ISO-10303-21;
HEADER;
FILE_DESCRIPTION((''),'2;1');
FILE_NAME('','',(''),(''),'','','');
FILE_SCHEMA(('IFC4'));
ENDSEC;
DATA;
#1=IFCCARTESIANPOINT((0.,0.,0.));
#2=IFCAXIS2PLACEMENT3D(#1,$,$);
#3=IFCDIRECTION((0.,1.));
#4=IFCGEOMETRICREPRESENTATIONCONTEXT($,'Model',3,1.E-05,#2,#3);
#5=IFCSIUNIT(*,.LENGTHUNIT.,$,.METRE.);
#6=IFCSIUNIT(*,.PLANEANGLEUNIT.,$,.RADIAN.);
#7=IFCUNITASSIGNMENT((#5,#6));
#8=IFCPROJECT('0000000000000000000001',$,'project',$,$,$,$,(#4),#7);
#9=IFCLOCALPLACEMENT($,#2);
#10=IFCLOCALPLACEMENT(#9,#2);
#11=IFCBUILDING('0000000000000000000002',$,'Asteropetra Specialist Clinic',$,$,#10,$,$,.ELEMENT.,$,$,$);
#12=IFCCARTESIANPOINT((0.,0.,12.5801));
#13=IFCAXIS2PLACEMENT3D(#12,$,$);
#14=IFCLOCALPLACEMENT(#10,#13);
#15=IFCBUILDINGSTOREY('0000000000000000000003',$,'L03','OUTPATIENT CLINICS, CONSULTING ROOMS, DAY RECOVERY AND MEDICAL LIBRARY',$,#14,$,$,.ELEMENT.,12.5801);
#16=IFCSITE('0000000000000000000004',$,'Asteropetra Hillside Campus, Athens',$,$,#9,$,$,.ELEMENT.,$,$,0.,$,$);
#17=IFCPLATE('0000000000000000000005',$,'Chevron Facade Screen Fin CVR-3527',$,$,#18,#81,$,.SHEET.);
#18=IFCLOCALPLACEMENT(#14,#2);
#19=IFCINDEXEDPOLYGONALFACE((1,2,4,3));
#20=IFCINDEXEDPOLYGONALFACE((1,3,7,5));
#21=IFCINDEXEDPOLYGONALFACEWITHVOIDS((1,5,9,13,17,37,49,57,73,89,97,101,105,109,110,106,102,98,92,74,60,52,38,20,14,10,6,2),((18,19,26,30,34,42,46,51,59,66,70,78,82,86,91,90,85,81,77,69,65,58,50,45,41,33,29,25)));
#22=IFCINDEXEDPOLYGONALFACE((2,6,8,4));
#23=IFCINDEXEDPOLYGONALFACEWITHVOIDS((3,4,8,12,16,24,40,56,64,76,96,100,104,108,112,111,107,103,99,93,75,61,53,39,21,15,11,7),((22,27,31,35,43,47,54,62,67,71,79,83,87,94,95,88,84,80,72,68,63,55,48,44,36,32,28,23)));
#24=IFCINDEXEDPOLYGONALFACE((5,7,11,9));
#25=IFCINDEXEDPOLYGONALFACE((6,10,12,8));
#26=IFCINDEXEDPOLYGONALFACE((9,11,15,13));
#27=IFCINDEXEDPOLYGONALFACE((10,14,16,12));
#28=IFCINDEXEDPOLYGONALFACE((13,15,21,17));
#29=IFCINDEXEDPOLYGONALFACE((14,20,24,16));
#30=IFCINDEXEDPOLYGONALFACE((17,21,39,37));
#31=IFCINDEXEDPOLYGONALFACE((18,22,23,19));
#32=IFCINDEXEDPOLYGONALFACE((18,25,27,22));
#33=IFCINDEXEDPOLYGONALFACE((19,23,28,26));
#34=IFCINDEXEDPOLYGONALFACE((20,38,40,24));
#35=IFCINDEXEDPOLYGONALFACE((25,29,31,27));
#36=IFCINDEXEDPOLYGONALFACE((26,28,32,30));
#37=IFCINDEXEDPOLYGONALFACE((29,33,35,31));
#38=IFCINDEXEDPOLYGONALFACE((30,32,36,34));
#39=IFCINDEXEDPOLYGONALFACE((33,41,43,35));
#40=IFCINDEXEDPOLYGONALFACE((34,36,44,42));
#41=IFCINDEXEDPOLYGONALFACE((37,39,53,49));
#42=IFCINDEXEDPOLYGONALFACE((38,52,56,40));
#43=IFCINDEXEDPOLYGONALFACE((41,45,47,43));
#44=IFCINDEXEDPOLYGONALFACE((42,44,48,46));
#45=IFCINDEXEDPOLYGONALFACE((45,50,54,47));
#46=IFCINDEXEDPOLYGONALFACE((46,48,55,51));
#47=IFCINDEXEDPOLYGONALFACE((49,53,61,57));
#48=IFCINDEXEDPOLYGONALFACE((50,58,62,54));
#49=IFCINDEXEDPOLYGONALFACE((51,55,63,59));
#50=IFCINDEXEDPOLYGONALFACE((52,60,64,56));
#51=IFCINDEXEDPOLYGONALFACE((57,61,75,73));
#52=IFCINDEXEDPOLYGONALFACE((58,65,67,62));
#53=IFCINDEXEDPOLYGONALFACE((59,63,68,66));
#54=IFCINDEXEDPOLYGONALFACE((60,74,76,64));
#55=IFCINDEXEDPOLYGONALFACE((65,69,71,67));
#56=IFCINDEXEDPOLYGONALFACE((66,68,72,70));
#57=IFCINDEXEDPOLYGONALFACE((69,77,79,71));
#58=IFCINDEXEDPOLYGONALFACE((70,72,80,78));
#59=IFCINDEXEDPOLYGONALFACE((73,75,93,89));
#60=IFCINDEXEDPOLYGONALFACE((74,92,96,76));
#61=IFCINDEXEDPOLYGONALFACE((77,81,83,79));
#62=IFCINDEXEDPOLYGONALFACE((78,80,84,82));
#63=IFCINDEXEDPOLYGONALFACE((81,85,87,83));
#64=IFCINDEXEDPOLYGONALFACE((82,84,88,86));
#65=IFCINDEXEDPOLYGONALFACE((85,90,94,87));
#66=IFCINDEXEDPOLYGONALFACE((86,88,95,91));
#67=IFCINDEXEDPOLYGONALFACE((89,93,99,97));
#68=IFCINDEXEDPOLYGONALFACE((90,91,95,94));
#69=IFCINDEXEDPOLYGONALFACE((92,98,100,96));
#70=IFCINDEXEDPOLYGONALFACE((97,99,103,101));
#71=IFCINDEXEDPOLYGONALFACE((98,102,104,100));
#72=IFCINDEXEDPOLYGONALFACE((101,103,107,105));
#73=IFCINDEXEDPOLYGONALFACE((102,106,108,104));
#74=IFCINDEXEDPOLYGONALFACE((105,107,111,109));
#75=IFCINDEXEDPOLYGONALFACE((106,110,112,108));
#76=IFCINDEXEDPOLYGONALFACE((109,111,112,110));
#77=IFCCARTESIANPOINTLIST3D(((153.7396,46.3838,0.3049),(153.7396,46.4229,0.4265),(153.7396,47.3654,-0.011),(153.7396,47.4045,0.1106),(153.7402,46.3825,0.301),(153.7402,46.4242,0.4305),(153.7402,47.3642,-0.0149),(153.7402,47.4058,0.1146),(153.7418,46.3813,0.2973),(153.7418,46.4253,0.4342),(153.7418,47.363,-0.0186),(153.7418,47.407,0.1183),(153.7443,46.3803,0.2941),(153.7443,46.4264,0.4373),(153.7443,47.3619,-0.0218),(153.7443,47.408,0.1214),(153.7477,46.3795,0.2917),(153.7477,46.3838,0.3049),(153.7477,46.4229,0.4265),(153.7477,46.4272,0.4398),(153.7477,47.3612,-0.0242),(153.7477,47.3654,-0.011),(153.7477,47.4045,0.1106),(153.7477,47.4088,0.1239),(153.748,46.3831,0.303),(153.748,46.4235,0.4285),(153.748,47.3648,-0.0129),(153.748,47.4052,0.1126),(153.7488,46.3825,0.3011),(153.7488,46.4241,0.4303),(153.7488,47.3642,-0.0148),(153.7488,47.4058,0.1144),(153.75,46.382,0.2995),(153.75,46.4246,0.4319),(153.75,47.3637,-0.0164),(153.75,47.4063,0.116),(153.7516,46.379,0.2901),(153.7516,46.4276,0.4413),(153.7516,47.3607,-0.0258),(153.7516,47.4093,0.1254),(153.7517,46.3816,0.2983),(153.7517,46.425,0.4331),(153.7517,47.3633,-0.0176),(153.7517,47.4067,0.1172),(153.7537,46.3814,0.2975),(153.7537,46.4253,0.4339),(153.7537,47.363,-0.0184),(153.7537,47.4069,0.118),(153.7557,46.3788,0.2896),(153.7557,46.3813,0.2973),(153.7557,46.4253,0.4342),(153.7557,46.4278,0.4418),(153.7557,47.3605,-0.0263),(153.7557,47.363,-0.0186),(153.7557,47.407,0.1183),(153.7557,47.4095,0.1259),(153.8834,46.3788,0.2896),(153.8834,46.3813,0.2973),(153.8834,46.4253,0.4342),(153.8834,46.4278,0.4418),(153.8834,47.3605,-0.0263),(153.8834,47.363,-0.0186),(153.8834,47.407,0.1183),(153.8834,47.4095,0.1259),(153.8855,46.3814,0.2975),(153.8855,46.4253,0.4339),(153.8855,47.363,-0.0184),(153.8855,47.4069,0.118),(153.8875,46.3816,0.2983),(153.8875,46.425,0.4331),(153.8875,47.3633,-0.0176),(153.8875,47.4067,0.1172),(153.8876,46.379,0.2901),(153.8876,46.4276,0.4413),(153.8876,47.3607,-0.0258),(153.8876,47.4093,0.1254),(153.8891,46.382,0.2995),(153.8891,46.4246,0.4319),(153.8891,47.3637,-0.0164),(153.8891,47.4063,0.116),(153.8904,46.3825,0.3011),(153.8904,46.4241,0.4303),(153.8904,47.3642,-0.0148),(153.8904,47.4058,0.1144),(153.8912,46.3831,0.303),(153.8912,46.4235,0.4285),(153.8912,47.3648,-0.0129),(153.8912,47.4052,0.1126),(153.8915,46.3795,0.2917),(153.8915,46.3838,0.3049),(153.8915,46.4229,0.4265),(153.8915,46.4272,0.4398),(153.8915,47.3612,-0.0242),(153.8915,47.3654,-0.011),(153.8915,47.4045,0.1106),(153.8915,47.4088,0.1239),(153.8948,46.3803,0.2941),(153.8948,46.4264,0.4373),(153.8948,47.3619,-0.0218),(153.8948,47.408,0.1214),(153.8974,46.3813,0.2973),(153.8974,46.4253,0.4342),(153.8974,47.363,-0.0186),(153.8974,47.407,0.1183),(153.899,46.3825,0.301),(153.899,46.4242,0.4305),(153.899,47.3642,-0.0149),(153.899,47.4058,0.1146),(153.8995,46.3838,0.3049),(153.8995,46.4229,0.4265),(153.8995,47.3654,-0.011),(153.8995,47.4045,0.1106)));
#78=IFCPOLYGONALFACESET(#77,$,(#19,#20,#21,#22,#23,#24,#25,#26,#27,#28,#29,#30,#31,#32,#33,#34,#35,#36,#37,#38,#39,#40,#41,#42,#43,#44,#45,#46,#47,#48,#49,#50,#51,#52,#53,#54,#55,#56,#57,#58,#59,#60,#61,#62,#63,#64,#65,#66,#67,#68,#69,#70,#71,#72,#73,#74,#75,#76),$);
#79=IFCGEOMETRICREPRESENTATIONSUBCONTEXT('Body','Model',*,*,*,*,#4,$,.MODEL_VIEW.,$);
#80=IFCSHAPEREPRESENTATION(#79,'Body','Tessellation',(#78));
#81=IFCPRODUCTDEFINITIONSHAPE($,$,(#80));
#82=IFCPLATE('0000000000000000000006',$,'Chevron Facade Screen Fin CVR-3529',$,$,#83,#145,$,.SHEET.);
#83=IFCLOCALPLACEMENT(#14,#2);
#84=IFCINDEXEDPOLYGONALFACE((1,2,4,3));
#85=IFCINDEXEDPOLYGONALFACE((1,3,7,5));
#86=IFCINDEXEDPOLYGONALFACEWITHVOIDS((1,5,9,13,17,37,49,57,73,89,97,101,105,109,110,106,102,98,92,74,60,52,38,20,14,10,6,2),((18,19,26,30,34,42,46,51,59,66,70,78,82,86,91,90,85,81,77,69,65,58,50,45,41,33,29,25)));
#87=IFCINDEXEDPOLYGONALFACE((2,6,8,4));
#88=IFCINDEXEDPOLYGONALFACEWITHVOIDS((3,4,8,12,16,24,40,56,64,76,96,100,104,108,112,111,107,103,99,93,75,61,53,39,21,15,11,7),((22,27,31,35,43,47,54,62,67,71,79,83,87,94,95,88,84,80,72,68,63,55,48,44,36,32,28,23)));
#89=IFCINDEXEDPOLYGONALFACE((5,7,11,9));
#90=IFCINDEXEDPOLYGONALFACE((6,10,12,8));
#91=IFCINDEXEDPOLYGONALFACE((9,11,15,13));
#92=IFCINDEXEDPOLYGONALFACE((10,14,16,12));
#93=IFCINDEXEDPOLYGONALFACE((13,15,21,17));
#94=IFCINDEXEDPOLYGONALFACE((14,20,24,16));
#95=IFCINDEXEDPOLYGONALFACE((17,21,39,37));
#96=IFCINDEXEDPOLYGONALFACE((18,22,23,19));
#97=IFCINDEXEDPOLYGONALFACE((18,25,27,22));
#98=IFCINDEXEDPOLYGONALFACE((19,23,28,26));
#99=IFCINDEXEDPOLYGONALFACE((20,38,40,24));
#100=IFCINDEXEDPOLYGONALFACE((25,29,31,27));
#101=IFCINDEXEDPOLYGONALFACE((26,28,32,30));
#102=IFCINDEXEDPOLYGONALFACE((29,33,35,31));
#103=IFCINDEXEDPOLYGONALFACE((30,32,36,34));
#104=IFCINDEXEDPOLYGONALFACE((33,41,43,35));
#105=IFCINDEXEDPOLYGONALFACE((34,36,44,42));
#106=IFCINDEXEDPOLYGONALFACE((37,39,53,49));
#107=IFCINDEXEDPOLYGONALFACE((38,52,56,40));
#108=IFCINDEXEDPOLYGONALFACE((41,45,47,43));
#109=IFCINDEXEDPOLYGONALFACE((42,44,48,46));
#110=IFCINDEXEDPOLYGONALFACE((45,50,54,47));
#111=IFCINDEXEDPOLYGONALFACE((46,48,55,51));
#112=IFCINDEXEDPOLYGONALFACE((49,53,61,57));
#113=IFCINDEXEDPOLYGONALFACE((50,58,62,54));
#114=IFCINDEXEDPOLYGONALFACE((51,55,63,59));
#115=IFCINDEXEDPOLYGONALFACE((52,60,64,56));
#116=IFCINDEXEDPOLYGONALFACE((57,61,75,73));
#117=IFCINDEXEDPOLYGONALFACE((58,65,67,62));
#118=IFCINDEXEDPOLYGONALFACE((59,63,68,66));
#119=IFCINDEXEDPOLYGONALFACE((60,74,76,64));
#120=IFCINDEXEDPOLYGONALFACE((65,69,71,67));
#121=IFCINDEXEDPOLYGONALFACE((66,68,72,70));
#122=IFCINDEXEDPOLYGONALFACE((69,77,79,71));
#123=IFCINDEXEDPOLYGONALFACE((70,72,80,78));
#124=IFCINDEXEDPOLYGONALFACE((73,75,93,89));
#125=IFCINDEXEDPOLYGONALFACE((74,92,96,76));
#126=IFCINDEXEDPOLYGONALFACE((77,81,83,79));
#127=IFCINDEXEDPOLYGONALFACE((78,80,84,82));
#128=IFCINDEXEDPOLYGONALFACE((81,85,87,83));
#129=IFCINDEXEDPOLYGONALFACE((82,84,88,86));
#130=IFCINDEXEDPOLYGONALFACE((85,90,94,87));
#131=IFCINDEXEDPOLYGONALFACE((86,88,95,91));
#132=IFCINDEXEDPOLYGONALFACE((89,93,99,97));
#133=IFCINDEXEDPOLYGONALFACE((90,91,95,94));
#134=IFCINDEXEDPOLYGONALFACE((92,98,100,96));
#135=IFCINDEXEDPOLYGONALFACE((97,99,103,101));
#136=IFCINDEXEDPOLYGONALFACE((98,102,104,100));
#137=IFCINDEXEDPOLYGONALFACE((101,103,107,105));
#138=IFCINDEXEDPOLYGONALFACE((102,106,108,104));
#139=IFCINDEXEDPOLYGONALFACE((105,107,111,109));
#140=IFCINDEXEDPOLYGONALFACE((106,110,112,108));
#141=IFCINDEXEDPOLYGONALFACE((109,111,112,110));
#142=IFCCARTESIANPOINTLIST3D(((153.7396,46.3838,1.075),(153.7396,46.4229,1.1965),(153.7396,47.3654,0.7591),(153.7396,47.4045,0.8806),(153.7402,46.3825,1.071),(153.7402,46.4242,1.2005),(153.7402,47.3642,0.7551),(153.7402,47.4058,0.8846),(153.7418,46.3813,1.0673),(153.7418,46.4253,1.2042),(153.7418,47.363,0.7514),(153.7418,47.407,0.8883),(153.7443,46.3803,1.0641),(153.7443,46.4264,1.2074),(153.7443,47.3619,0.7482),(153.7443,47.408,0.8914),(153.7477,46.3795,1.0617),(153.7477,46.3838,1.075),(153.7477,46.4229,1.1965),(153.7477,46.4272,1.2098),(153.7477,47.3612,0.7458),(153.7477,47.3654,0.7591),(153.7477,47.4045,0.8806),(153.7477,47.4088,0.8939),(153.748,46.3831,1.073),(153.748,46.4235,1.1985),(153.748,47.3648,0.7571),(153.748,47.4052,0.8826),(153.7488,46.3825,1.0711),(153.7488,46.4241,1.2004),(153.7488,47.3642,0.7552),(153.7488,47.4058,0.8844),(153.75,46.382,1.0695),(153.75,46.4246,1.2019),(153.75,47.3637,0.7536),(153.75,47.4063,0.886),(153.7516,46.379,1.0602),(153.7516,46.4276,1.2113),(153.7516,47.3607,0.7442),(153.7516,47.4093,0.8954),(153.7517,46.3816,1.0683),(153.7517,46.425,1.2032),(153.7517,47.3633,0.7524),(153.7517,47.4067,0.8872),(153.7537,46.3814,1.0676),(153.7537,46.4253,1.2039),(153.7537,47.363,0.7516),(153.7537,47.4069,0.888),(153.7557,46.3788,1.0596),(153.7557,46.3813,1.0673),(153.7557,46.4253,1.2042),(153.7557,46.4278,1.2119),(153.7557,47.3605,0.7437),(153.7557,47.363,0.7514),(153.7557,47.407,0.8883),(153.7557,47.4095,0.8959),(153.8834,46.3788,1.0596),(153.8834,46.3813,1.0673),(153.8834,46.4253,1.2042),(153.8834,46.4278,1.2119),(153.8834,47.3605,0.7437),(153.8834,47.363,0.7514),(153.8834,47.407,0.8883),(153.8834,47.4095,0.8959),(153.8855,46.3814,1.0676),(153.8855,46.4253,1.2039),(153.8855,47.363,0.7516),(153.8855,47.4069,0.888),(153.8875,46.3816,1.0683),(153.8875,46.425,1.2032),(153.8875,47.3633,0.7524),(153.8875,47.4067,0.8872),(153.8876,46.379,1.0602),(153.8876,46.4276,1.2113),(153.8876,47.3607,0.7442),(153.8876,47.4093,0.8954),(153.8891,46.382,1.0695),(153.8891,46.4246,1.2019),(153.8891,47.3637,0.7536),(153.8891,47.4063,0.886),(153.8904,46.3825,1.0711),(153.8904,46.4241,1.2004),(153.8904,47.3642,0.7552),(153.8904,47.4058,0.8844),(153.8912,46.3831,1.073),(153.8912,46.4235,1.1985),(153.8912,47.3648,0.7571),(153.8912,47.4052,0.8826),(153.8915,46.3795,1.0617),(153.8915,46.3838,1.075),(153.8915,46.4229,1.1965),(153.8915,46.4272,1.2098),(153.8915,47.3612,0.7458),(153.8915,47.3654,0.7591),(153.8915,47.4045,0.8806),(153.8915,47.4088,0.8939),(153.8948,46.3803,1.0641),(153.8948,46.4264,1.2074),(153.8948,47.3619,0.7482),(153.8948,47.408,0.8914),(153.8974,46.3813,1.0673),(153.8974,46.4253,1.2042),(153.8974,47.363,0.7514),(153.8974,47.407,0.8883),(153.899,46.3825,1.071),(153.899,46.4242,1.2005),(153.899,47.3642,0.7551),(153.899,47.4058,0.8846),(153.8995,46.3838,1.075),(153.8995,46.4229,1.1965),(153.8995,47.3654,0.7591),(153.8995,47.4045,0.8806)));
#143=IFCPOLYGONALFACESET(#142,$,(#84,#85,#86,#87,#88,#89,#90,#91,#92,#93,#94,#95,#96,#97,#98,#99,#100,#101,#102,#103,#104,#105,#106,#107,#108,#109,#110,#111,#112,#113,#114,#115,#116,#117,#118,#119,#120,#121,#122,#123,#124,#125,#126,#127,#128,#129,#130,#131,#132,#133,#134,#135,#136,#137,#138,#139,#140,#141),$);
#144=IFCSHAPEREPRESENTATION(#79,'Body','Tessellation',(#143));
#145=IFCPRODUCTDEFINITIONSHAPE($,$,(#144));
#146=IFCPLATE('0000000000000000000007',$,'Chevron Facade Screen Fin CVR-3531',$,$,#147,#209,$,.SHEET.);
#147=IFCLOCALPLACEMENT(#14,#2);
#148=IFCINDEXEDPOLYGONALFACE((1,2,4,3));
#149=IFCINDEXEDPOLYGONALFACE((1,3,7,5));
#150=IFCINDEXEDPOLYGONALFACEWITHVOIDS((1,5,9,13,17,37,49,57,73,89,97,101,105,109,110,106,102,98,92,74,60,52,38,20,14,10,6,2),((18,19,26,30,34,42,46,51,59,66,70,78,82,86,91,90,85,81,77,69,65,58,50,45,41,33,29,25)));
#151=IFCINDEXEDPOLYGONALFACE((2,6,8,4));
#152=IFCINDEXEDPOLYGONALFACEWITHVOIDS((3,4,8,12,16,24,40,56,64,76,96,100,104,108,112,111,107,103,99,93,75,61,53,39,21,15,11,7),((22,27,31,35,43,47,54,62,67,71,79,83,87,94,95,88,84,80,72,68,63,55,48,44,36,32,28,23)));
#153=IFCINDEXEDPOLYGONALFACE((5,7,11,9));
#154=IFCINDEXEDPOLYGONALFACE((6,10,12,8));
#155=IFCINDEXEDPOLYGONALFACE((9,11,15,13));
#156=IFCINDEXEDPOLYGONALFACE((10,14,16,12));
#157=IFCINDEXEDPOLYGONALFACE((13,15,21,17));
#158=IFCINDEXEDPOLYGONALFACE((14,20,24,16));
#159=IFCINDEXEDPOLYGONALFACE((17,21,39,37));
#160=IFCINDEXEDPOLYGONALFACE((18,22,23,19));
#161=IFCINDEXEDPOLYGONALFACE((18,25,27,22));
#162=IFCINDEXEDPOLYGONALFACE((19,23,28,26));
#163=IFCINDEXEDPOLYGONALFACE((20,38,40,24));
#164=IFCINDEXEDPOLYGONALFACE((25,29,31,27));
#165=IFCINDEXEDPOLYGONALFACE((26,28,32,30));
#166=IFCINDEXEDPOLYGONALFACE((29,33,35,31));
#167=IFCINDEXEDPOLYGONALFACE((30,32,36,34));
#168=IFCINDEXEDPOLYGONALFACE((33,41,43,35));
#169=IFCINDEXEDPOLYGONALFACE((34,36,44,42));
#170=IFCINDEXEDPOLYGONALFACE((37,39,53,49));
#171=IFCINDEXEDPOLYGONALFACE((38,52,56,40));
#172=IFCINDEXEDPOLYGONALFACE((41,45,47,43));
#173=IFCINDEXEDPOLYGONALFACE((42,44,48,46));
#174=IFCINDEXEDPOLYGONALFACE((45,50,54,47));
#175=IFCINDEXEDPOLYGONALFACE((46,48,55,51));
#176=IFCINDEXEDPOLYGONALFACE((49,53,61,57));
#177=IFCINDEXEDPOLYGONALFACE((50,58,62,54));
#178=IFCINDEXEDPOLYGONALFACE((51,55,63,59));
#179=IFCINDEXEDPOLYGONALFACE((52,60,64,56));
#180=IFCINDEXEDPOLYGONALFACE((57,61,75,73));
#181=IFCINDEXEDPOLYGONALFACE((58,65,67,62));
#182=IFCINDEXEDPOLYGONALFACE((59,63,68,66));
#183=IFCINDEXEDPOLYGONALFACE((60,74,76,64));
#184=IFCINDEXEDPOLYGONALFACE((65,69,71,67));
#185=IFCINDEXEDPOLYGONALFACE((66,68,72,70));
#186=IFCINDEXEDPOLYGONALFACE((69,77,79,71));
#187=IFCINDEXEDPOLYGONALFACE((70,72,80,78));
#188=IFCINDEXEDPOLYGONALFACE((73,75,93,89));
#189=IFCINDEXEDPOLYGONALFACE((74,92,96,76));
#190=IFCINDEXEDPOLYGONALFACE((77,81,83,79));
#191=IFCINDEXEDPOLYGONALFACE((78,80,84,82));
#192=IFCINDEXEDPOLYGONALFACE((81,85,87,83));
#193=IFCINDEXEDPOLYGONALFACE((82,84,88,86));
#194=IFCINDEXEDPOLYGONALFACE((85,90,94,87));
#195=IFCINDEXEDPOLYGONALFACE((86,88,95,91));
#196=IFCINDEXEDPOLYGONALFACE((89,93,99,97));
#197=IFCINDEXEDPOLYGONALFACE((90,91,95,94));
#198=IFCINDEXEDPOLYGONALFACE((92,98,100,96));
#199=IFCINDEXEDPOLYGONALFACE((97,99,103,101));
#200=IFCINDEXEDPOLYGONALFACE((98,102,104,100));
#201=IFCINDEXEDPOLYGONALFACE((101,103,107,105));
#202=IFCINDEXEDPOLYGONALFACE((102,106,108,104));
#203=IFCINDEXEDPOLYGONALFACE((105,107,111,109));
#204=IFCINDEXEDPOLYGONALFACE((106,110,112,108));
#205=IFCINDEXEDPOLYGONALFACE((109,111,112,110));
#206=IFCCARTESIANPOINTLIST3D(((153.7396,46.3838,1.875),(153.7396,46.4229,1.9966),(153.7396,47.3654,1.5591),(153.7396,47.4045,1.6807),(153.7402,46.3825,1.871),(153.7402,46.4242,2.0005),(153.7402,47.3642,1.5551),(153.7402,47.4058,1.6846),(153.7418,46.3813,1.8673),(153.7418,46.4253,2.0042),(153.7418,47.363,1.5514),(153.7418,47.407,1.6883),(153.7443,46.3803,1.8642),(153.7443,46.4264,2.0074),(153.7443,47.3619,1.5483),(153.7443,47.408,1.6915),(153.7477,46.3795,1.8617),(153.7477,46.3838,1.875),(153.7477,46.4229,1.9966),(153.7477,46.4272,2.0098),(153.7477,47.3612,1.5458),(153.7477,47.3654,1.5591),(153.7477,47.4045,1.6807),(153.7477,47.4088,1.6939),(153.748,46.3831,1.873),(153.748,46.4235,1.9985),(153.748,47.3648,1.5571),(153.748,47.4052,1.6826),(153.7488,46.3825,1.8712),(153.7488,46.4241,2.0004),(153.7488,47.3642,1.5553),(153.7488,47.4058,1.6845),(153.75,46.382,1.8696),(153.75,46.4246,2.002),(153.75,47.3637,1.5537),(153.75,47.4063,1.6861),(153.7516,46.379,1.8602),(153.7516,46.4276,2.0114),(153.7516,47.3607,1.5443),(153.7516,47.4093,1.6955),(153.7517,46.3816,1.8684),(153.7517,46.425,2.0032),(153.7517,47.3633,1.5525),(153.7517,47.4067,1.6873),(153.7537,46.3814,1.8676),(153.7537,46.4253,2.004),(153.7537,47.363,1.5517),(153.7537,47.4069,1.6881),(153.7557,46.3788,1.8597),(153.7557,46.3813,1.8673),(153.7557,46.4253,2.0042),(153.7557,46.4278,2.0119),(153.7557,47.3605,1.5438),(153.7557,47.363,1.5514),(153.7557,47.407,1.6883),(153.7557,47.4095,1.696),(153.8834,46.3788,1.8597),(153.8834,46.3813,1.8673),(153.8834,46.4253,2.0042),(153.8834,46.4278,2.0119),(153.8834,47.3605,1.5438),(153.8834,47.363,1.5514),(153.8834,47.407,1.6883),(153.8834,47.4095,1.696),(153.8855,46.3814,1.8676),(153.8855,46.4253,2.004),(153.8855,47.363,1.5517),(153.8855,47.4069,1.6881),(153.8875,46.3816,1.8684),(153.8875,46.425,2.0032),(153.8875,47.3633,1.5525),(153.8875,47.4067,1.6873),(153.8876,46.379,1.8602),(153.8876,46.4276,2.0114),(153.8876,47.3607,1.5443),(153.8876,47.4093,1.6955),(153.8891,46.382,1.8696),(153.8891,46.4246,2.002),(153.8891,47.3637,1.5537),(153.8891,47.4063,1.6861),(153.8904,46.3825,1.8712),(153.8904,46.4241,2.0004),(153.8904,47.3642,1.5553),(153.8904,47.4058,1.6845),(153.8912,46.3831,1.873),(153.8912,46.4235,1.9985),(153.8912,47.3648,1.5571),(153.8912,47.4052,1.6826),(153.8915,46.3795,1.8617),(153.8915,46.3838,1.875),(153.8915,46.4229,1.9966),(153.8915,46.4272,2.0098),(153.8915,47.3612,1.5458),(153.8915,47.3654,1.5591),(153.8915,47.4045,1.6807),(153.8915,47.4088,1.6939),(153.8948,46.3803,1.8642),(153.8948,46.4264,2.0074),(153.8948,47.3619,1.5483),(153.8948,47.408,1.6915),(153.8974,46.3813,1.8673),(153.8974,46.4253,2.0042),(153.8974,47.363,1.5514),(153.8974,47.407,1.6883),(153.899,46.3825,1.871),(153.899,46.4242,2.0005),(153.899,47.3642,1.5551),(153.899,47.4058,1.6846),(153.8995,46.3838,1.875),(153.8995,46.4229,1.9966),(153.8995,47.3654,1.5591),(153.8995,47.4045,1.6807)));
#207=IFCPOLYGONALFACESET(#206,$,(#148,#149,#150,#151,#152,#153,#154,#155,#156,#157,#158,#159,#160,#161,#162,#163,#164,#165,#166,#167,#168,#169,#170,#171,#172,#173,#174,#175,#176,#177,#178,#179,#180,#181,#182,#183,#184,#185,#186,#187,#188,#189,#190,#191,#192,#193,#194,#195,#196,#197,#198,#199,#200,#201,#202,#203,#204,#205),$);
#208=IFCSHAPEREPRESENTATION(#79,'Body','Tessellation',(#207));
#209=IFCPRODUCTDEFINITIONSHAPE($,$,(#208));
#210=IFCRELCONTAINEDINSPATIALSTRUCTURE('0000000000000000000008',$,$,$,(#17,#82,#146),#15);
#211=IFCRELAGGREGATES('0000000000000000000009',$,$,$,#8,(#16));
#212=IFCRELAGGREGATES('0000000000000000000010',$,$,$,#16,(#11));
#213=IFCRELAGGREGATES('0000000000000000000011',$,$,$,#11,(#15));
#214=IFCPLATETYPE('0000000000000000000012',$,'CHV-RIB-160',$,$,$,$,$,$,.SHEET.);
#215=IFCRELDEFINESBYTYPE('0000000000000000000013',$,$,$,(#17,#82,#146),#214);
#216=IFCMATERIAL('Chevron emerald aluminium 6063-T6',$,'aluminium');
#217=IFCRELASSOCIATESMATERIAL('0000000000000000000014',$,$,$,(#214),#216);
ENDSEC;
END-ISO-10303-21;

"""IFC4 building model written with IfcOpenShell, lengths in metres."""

from ifc_helpers import new_model, si_unit, direction, frame, origin, origin_2d, place, context, subcontext, project, spatial, hollow_rectangle, extrude, material, material_profile, profile_set, type_object, element, save


model = new_model("IFC4")

# Units and contexts
model_context = context("Model", 3, precision=1e-05, world=origin(), true_north=direction((0.0, 1.0)))
body_context = subcontext(model_context, "Body", "Model", "MODEL_VIEW")
ifc_project = project(units=[si_unit("LENGTHUNIT", "METRE"), si_unit("PLANEANGLEUNIT", "RADIAN")], contexts=[model_context])

# Site, building, storey
site_placement = place(None, origin())
site = spatial("IfcSite", under=ifc_project, at=site_placement, Name="Asteropetra Hillside Campus, Athens", CompositionType="ELEMENT", RefElevation=0.0)
building_placement = place(site_placement, origin())
building = spatial("IfcBuilding", under=site, at=building_placement, Name="Asteropetra Specialist Clinic", CompositionType="ELEMENT")
storey_placement = place(building_placement, frame((0.0, 0.0, 12.5801)))
storey = spatial("IfcBuildingStorey", under=building, at=storey_placement, Name="L03", Description="OUTPATIENT CLINICS, CONSULTING ROOMS, DAY RECOVERY AND MEDICAL LIBRARY", CompositionType="ELEMENT", Elevation=12.5801)

# Plates
ifc_material_1 = material(Name="Chevron emerald aluminium 6063-T6", Category="aluminium")
ifc_material_profile_1 = material_profile(ifc_material_1, hollow_rectangle(XDim=0.1599, YDim=0.1599, WallThickness=0.0081, InnerFilletRadius=0.0081, OuterFilletRadius=0.0161, at=origin_2d()), Name="SHS 160x160x8.0")
ifc_profile_set_1 = profile_set([ifc_material_profile_1], Name="Chevron emerald aluminium 6063-T6")
plate_type_1 = type_object("IfcPlateType", Name="CHV-RIB-160", PredefinedType="SHEET", material=ifc_profile_set_1)
for number, where, z_axis, x_axis, name in (
    (1, (153.8196, 46.4033, 0.3657), (0.0, 0.951923, -0.306339), (-1.0, 0.0, 0.0), "Chevron Facade Screen Fin CVR-3527"),
    (2, (153.8196, 46.4033, 1.1357), (0.0, 0.951923, -0.306339), (-1.0, 0.0, 0.0), "Chevron Facade Screen Fin CVR-3529"),
    (3, (153.8196, 46.4033, 1.9358), (0.0, 0.951923, -0.306339), (-1.0, 0.0, 0.0), "Chevron Facade Screen Fin CVR-3531"),
):
    element("IfcPlate", number, at=place(storey_placement, frame(where, z_axis=z_axis, x_axis=x_axis)), inside=storey, type_object=plate_type_1, Name=name, PredefinedType="SHEET", context=body_context, shape_type="SweptSolid", body=[
        extrude(hollow_rectangle(XDim=0.1599, YDim=0.1599, WallThickness=0.0081, InnerFilletRadius=0.0081, OuterFilletRadius=0.0161, at=origin_2d()), origin(), (0.0, 0.0, 1.0), 1.0312),
    ])

save(model, "model.ifc")
